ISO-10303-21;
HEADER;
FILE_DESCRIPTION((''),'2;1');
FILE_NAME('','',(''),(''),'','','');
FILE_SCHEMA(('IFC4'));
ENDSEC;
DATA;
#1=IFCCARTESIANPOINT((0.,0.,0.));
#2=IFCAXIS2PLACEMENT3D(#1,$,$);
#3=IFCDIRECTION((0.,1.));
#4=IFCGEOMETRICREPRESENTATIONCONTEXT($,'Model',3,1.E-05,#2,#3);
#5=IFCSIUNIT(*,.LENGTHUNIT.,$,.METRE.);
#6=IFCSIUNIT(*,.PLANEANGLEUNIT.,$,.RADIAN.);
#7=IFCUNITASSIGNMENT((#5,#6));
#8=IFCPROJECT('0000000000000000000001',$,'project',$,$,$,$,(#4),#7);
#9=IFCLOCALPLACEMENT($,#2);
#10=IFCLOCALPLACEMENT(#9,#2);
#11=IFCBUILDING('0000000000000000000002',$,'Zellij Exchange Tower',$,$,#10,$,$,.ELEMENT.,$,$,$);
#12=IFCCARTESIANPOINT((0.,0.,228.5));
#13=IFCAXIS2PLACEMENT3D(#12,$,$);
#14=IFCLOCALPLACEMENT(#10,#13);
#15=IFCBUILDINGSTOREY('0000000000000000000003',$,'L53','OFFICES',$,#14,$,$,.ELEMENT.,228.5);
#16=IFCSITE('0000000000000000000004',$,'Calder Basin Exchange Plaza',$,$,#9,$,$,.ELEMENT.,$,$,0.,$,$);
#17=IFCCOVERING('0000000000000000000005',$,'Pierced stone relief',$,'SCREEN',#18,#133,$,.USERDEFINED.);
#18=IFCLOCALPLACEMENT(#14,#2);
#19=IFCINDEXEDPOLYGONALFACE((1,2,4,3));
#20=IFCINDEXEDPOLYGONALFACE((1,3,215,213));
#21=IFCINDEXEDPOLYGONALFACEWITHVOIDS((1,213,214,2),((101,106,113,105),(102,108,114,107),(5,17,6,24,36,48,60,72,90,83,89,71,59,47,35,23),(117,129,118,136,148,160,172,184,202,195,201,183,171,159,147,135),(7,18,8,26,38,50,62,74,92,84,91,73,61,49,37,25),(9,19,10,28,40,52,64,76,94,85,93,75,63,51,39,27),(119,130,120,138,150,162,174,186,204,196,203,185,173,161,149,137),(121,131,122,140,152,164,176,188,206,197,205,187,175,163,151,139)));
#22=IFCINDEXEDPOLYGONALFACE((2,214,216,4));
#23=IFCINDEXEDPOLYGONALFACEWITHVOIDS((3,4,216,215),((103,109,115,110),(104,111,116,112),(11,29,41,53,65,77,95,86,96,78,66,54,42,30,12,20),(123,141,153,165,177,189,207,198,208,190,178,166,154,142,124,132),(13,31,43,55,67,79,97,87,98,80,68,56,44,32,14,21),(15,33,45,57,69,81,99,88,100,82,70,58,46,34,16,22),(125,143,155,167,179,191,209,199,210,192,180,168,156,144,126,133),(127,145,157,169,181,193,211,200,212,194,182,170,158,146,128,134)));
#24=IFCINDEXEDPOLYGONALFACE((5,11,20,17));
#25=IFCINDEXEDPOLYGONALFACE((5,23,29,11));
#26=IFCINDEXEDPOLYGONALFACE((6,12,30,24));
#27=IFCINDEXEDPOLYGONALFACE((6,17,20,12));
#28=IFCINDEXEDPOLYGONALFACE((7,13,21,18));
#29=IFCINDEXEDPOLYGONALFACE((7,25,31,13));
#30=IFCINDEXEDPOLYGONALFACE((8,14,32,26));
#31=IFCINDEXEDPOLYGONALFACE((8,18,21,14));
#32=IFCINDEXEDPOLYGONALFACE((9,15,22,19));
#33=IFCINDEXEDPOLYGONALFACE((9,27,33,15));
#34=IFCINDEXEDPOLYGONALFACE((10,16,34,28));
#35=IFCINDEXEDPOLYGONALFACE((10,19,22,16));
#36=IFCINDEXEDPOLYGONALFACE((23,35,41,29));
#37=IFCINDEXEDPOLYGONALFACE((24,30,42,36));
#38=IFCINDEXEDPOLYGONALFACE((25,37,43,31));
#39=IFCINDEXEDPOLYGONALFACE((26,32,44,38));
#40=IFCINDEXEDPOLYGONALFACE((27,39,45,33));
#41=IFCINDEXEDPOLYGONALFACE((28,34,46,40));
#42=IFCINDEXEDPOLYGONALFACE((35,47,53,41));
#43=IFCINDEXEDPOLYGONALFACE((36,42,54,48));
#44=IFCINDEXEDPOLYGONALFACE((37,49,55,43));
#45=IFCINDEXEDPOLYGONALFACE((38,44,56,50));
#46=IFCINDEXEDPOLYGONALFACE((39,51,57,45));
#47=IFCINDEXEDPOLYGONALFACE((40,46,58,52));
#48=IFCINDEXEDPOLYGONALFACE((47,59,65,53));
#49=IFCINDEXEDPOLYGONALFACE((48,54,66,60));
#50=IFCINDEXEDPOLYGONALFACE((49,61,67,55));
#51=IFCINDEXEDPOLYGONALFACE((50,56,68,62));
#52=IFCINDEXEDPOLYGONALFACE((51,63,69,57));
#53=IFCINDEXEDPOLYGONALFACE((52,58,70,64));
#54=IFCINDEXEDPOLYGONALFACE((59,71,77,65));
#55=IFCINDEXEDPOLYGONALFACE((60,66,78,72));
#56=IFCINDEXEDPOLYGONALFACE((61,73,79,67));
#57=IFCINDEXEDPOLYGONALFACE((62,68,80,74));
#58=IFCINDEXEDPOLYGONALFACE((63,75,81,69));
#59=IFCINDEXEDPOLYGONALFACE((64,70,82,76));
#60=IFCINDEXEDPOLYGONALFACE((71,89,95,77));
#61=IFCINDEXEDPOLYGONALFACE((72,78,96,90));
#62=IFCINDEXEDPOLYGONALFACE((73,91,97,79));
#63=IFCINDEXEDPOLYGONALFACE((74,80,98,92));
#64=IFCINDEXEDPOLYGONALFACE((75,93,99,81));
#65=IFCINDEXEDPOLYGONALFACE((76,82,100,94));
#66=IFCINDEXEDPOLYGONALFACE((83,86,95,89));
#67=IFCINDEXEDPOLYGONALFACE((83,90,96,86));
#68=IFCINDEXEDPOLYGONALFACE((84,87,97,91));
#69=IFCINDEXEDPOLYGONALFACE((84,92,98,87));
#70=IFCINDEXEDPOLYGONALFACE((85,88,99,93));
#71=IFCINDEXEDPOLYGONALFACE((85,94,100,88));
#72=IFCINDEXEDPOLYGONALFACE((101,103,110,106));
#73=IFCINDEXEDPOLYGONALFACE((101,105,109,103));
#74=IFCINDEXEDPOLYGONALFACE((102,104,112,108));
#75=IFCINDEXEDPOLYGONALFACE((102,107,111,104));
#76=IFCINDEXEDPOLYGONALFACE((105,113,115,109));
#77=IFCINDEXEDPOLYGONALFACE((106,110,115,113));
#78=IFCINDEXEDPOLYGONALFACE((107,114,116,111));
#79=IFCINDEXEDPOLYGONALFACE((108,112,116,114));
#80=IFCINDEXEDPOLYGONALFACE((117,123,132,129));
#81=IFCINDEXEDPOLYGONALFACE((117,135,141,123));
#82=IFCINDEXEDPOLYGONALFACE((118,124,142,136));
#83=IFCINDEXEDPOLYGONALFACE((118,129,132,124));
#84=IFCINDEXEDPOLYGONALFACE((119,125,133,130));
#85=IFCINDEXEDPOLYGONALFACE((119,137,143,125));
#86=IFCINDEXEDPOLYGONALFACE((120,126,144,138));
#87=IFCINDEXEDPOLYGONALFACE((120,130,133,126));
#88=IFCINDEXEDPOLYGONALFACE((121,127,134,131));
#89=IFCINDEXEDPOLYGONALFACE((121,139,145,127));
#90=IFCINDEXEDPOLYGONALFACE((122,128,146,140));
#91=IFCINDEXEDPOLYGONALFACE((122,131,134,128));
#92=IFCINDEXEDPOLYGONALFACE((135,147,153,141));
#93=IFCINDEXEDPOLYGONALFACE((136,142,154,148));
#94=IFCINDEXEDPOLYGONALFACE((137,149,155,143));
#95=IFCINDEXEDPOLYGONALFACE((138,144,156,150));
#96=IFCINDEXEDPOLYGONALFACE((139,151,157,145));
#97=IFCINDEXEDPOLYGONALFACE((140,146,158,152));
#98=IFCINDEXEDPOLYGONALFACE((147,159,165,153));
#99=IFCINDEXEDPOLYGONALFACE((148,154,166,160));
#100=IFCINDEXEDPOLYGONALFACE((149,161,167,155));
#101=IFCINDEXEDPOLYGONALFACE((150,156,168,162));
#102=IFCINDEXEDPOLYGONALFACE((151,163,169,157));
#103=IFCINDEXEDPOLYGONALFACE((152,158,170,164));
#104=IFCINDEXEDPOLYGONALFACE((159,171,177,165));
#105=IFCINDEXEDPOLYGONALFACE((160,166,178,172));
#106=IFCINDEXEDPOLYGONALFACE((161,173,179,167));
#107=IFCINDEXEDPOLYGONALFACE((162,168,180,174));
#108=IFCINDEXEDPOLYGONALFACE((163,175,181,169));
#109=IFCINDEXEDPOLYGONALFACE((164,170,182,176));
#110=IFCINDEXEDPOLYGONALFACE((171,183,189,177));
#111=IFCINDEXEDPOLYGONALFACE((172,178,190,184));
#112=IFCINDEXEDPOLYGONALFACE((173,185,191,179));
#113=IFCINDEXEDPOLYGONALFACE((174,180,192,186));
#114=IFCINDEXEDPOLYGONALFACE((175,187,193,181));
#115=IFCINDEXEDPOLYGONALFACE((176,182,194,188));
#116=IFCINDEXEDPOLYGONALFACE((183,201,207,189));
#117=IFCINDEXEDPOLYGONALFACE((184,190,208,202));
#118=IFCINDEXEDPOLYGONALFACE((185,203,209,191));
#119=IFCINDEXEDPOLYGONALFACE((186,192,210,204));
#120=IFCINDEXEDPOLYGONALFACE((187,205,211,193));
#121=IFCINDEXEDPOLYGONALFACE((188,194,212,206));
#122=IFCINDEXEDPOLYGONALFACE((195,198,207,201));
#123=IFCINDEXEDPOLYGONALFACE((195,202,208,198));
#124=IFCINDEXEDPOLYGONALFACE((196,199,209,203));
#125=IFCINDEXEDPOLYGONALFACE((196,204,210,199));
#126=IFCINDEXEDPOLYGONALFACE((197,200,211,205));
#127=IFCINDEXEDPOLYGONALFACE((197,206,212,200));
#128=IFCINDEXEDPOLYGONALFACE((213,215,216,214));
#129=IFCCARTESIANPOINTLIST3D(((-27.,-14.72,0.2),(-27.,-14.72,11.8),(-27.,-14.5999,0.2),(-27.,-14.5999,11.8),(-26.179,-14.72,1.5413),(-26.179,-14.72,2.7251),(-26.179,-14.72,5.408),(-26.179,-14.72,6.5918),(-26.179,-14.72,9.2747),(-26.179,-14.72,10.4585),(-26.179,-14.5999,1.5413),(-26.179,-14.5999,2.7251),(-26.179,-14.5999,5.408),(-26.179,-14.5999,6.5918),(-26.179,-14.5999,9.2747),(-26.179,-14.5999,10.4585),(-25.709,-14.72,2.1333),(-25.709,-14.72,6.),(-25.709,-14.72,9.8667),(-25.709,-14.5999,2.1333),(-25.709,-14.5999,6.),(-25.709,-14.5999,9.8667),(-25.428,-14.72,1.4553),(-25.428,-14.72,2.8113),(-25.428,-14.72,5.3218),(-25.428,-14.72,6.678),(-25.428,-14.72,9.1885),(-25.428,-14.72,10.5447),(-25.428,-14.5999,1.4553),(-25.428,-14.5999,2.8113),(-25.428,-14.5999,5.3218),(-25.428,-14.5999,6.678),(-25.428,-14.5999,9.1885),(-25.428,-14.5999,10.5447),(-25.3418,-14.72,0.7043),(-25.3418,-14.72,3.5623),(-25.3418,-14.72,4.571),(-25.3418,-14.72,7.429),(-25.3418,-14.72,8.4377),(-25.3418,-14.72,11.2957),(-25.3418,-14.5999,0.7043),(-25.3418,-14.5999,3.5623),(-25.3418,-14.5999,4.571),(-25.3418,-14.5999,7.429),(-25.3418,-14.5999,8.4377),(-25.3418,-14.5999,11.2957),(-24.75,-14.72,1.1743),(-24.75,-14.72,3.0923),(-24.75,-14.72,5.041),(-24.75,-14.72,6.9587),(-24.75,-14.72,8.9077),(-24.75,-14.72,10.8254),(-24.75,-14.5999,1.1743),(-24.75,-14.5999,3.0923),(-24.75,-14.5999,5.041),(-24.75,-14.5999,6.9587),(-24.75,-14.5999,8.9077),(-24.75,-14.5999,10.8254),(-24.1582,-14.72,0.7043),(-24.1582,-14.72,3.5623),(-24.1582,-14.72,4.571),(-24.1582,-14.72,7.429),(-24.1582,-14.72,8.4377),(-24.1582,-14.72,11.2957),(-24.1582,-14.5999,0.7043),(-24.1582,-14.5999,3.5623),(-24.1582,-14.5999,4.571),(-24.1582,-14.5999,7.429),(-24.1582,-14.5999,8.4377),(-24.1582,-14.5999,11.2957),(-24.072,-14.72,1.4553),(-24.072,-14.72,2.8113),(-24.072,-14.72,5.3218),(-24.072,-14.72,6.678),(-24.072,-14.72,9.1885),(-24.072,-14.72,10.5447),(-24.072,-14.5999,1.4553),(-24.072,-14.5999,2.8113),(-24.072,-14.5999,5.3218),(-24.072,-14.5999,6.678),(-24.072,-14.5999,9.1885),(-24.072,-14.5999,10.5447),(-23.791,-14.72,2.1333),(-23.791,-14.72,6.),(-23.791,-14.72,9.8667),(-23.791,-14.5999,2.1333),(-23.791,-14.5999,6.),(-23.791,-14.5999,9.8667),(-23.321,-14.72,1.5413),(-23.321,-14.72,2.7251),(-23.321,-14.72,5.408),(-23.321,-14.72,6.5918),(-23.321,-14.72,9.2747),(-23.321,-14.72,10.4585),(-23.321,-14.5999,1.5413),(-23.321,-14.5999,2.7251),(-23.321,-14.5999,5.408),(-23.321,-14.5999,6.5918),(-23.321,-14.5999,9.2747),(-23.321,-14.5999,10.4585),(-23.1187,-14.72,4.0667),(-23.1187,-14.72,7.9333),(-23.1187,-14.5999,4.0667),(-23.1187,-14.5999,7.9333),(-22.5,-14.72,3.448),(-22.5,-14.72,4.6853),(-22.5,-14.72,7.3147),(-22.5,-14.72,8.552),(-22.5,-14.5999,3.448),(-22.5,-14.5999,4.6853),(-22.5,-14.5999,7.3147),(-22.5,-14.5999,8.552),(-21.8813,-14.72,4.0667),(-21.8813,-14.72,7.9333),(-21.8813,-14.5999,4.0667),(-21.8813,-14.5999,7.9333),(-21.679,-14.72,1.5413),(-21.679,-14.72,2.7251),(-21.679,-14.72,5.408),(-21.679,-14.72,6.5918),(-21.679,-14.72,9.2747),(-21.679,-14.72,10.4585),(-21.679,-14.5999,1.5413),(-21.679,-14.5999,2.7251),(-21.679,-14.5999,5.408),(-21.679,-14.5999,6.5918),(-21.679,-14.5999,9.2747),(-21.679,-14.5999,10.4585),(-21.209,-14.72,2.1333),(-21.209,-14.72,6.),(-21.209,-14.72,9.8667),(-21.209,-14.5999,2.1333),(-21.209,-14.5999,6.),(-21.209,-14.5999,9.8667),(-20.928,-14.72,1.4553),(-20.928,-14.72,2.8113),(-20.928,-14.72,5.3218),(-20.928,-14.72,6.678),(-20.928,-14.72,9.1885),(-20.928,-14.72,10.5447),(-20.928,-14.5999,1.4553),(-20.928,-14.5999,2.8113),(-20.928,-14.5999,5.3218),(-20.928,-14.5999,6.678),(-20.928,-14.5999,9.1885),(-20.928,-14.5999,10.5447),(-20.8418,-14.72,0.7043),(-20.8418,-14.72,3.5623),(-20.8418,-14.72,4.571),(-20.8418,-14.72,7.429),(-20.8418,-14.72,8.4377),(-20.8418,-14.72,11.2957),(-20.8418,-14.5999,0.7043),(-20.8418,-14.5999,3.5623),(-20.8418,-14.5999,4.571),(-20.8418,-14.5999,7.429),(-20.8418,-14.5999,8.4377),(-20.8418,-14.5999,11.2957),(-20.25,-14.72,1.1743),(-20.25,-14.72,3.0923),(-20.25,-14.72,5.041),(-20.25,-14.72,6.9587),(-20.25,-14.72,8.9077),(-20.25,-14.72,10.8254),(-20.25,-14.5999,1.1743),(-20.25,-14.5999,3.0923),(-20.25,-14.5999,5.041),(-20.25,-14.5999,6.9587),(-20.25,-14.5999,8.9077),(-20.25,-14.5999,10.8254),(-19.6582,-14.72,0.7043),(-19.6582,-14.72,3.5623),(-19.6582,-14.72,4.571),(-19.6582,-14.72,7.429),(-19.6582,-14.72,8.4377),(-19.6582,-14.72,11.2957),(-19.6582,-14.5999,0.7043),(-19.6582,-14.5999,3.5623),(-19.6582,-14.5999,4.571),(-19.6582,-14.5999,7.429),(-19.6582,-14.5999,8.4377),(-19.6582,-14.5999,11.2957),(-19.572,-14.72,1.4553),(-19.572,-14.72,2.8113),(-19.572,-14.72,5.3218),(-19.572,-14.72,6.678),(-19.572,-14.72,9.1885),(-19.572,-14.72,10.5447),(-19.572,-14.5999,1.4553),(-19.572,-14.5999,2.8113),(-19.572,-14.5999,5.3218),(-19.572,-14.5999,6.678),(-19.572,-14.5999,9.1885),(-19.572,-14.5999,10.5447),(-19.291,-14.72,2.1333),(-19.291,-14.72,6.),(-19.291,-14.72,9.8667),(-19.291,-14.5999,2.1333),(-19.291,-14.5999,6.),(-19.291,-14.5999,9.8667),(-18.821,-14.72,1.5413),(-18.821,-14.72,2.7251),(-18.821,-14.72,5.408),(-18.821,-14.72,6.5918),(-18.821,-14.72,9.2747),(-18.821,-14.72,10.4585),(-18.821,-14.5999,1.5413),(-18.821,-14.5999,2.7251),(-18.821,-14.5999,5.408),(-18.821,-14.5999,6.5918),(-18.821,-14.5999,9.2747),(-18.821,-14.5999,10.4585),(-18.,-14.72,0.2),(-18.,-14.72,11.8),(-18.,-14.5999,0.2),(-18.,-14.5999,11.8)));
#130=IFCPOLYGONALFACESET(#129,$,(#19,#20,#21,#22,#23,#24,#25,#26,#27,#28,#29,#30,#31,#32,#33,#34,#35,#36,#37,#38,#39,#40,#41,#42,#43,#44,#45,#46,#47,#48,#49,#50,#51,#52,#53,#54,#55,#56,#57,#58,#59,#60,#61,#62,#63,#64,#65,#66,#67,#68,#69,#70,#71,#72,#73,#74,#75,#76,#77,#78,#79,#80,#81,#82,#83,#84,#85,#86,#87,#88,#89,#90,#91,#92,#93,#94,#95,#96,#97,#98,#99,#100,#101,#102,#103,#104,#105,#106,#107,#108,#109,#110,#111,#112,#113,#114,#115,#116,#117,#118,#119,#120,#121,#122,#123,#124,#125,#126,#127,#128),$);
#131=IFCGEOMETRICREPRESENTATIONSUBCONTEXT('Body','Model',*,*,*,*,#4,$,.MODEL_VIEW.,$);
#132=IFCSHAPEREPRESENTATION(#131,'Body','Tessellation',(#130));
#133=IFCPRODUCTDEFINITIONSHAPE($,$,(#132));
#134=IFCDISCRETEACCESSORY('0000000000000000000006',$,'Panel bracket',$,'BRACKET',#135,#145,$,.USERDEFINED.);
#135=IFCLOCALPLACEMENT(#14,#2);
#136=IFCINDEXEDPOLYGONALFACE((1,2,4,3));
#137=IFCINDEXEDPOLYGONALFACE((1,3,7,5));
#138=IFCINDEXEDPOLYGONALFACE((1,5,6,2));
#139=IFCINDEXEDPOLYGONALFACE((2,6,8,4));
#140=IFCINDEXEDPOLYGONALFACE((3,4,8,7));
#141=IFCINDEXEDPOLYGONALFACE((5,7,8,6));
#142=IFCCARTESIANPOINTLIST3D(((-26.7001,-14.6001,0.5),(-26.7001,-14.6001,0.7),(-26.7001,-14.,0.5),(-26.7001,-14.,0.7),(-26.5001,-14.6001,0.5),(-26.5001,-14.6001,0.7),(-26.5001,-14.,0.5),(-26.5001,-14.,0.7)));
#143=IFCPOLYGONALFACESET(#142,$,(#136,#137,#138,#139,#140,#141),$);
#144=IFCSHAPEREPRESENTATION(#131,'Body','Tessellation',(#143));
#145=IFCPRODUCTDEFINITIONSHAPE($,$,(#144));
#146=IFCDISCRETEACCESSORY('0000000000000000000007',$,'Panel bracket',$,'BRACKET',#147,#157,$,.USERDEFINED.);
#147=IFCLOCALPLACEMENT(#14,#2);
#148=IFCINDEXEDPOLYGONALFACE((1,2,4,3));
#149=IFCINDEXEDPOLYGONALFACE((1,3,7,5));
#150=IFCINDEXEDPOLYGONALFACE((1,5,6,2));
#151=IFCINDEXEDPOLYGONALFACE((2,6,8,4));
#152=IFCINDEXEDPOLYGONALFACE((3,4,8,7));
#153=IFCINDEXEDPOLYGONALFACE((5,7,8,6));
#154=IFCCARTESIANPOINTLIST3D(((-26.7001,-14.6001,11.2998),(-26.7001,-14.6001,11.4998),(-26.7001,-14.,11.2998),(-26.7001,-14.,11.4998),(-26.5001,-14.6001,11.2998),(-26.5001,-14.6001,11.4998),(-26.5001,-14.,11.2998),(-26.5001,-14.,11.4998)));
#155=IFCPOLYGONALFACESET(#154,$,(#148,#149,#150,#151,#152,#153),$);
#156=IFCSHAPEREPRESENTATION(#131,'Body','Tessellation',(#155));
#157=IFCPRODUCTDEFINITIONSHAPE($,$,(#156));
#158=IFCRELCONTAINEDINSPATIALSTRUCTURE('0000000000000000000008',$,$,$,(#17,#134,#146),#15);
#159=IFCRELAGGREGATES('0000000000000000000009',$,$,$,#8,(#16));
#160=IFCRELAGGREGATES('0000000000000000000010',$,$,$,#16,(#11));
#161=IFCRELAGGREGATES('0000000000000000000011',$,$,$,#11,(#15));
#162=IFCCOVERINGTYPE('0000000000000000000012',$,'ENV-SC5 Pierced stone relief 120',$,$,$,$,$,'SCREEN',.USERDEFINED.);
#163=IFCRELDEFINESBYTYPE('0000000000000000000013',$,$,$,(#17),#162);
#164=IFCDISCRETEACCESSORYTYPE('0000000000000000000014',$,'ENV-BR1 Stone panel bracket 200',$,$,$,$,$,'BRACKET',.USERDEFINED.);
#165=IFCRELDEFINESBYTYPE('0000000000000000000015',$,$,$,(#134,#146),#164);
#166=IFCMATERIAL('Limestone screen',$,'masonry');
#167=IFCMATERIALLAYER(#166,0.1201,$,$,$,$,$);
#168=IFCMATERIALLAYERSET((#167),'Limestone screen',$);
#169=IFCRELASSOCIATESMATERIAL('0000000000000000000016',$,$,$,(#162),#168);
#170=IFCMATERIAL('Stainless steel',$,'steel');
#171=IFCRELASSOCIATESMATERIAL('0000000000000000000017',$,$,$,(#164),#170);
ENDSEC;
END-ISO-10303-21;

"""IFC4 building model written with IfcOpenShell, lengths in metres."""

from ifc_helpers import new_model, si_unit, direction, frame, origin, origin_2d, place, context, subcontext, project, spatial, polyline, rectangle, outline, extrude, material, layer, layer_set, type_object, element, save


model = new_model("IFC4")

# Units and contexts
model_context = context("Model", 3, precision=1e-05, world=origin(), true_north=direction((0.0, 1.0)))
body_context = subcontext(model_context, "Body", "Model", "MODEL_VIEW")
ifc_project = project(units=[si_unit("LENGTHUNIT", "METRE"), si_unit("PLANEANGLEUNIT", "RADIAN")], contexts=[model_context])

# Site, building, storey
site_placement = place(None, origin())
site = spatial("IfcSite", under=ifc_project, at=site_placement, Name="Calder Basin Exchange Plaza", CompositionType="ELEMENT", RefElevation=0.0)
building_placement = place(site_placement, origin())
building = spatial("IfcBuilding", under=site, at=building_placement, Name="Zellij Exchange Tower", CompositionType="ELEMENT")
storey_placement = place(building_placement, frame((0.0, 0.0, 228.5)))
storey = spatial("IfcBuildingStorey", under=building, at=storey_placement, Name="L53", Description="OFFICES", CompositionType="ELEMENT", Elevation=228.5)

# Shared definitions
ifc_material_1 = material(Name="Stainless steel", Category="steel")

# Covering
ifc_material_2 = material(Name="Limestone screen", Category="masonry")
ifc_layer_1 = layer(ifc_material_2, 0.1201)
ifc_layer_set_1 = layer_set([ifc_layer_1], Name="Limestone screen")
covering_type_1 = type_object("IfcCoveringType", Name="ENV-SC5 Pierced stone relief 120", ElementType="SCREEN", PredefinedType="USERDEFINED", material=ifc_layer_set_1)
covering_1_placement = place(storey_placement, frame((-27.0, -14.6599, 0.2), z_axis=(0.0, 0.0, 1.0), x_axis=(1.0, 0.0, 0.0)))
element("IfcCovering", 1, at=covering_1_placement, inside=storey, type_object=covering_type_1, Name="Pierced stone relief", ObjectType="SCREEN", PredefinedType="USERDEFINED", context=body_context, shape_type="SweptSolid", body=[
    extrude(outline(polyline([(0.0, 0.0), (9.0, 0.0), (9.0, 11.6001), (0.0, 11.6001), (0.0, 0.0)]), holes=[polyline([(3.679, 2.5251), (2.928, 2.6113), (2.8418, 3.3623), (2.25, 2.8923), (1.6582, 3.3623), (1.572, 2.6113), (0.821, 2.5251), (1.291, 1.9333), (0.821, 1.3413), (1.572, 1.2554), (1.6582, 0.5044), (2.25, 0.9744), (2.8418, 0.5044), (2.928, 1.2554), (3.679, 1.3413), (3.209, 1.9333), (3.679, 2.5251)]), polyline([(3.679, 6.3918), (2.928, 6.478), (2.8418, 7.229), (2.25, 6.7588), (1.6582, 7.229), (1.572, 6.478), (0.821, 6.3918), (1.291, 5.8), (0.821, 5.208), (1.572, 5.1218), (1.6582, 4.3711), (2.25, 4.8411), (2.8418, 4.3711), (2.928, 5.1218), (3.679, 5.208), (3.209, 5.8), (3.679, 6.3918)]), polyline([(3.679, 10.2585), (2.928, 10.3447), (2.8418, 11.0957), (2.25, 10.6255), (1.6582, 11.0957), (1.572, 10.3447), (0.821, 10.2585), (1.291, 9.6667), (0.821, 9.0747), (1.572, 8.9885), (1.6582, 8.2378), (2.25, 8.7078), (2.8418, 8.2378), (2.928, 8.9885), (3.679, 9.0747), (3.209, 9.6667), (3.679, 10.2585)]), polyline([(8.179, 2.5251), (7.428, 2.6113), (7.3418, 3.3623), (6.75, 2.8923), (6.1582, 3.3623), (6.072, 2.6113), (5.321, 2.5251), (5.791, 1.9333), (5.321, 1.3413), (6.072, 1.2554), (6.1582, 0.5044), (6.75, 0.9744), (7.3418, 0.5044), (7.428, 1.2554), (8.179, 1.3413), (7.709, 1.9333), (8.179, 2.5251)]), polyline([(8.179, 6.3918), (7.428, 6.478), (7.3418, 7.229), (6.75, 6.7588), (6.1582, 7.229), (6.072, 6.478), (5.321, 6.3918), (5.791, 5.8), (5.321, 5.208), (6.072, 5.1218), (6.1582, 4.3711), (6.75, 4.8411), (7.3418, 4.3711), (7.428, 5.1218), (8.179, 5.208), (7.709, 5.8), (8.179, 6.3918)]), polyline([(8.179, 10.2585), (7.428, 10.3447), (7.3418, 11.0957), (6.75, 10.6255), (6.1582, 11.0957), (6.072, 10.3447), (5.321, 10.2585), (5.791, 9.6667), (5.321, 9.0747), (6.072, 8.9885), (6.1582, 8.2378), (6.75, 8.7078), (7.3418, 8.2378), (7.428, 8.9885), (8.179, 9.0747), (7.709, 9.6667), (8.179, 10.2585)]), polyline([(5.1187, 3.8667), (4.5, 4.4854), (3.8813, 3.8667), (4.5, 3.248), (5.1187, 3.8667)]), polyline([(5.1187, 7.7334), (4.5, 8.3521), (3.8813, 7.7334), (4.5, 7.1147), (5.1187, 7.7334)])]), frame((0.0, 0.0601, 0.0), z_axis=(0.0, -1.0, 0.0), x_axis=(1.0, 0.0, 0.0)), (0.0, 0.0, 1.0), 0.1201),
])

# Discrete accessories
discrete_accessory_type = type_object("IfcDiscreteAccessoryType", Name="ENV-BR1 Stone panel bracket 200", ElementType="BRACKET", PredefinedType="USERDEFINED", material=ifc_material_1)
for number, where, z_axis, x_axis, name in (
    (2, (-26.6001, -14.3, 0.5), (0.0, 0.0, 1.0), (1.0, 0.0, 0.0), "Panel bracket"),
    (3, (-26.6001, -14.3, 11.2998), (0.0, 0.0, 1.0), (1.0, 0.0, 0.0), "Panel bracket"),
):
    element("IfcDiscreteAccessory", number, at=place(storey_placement, frame(where, z_axis=z_axis, x_axis=x_axis)), inside=storey, type_object=discrete_accessory_type, Name=name, ObjectType="BRACKET", PredefinedType="USERDEFINED", context=body_context, shape_type="SweptSolid", body=[
        extrude(rectangle(XDim=0.2, YDim=0.6001, at=origin_2d()), origin(), (0.0, 0.0, 1.0), 0.2),
    ])

save(model, "model.ifc")
